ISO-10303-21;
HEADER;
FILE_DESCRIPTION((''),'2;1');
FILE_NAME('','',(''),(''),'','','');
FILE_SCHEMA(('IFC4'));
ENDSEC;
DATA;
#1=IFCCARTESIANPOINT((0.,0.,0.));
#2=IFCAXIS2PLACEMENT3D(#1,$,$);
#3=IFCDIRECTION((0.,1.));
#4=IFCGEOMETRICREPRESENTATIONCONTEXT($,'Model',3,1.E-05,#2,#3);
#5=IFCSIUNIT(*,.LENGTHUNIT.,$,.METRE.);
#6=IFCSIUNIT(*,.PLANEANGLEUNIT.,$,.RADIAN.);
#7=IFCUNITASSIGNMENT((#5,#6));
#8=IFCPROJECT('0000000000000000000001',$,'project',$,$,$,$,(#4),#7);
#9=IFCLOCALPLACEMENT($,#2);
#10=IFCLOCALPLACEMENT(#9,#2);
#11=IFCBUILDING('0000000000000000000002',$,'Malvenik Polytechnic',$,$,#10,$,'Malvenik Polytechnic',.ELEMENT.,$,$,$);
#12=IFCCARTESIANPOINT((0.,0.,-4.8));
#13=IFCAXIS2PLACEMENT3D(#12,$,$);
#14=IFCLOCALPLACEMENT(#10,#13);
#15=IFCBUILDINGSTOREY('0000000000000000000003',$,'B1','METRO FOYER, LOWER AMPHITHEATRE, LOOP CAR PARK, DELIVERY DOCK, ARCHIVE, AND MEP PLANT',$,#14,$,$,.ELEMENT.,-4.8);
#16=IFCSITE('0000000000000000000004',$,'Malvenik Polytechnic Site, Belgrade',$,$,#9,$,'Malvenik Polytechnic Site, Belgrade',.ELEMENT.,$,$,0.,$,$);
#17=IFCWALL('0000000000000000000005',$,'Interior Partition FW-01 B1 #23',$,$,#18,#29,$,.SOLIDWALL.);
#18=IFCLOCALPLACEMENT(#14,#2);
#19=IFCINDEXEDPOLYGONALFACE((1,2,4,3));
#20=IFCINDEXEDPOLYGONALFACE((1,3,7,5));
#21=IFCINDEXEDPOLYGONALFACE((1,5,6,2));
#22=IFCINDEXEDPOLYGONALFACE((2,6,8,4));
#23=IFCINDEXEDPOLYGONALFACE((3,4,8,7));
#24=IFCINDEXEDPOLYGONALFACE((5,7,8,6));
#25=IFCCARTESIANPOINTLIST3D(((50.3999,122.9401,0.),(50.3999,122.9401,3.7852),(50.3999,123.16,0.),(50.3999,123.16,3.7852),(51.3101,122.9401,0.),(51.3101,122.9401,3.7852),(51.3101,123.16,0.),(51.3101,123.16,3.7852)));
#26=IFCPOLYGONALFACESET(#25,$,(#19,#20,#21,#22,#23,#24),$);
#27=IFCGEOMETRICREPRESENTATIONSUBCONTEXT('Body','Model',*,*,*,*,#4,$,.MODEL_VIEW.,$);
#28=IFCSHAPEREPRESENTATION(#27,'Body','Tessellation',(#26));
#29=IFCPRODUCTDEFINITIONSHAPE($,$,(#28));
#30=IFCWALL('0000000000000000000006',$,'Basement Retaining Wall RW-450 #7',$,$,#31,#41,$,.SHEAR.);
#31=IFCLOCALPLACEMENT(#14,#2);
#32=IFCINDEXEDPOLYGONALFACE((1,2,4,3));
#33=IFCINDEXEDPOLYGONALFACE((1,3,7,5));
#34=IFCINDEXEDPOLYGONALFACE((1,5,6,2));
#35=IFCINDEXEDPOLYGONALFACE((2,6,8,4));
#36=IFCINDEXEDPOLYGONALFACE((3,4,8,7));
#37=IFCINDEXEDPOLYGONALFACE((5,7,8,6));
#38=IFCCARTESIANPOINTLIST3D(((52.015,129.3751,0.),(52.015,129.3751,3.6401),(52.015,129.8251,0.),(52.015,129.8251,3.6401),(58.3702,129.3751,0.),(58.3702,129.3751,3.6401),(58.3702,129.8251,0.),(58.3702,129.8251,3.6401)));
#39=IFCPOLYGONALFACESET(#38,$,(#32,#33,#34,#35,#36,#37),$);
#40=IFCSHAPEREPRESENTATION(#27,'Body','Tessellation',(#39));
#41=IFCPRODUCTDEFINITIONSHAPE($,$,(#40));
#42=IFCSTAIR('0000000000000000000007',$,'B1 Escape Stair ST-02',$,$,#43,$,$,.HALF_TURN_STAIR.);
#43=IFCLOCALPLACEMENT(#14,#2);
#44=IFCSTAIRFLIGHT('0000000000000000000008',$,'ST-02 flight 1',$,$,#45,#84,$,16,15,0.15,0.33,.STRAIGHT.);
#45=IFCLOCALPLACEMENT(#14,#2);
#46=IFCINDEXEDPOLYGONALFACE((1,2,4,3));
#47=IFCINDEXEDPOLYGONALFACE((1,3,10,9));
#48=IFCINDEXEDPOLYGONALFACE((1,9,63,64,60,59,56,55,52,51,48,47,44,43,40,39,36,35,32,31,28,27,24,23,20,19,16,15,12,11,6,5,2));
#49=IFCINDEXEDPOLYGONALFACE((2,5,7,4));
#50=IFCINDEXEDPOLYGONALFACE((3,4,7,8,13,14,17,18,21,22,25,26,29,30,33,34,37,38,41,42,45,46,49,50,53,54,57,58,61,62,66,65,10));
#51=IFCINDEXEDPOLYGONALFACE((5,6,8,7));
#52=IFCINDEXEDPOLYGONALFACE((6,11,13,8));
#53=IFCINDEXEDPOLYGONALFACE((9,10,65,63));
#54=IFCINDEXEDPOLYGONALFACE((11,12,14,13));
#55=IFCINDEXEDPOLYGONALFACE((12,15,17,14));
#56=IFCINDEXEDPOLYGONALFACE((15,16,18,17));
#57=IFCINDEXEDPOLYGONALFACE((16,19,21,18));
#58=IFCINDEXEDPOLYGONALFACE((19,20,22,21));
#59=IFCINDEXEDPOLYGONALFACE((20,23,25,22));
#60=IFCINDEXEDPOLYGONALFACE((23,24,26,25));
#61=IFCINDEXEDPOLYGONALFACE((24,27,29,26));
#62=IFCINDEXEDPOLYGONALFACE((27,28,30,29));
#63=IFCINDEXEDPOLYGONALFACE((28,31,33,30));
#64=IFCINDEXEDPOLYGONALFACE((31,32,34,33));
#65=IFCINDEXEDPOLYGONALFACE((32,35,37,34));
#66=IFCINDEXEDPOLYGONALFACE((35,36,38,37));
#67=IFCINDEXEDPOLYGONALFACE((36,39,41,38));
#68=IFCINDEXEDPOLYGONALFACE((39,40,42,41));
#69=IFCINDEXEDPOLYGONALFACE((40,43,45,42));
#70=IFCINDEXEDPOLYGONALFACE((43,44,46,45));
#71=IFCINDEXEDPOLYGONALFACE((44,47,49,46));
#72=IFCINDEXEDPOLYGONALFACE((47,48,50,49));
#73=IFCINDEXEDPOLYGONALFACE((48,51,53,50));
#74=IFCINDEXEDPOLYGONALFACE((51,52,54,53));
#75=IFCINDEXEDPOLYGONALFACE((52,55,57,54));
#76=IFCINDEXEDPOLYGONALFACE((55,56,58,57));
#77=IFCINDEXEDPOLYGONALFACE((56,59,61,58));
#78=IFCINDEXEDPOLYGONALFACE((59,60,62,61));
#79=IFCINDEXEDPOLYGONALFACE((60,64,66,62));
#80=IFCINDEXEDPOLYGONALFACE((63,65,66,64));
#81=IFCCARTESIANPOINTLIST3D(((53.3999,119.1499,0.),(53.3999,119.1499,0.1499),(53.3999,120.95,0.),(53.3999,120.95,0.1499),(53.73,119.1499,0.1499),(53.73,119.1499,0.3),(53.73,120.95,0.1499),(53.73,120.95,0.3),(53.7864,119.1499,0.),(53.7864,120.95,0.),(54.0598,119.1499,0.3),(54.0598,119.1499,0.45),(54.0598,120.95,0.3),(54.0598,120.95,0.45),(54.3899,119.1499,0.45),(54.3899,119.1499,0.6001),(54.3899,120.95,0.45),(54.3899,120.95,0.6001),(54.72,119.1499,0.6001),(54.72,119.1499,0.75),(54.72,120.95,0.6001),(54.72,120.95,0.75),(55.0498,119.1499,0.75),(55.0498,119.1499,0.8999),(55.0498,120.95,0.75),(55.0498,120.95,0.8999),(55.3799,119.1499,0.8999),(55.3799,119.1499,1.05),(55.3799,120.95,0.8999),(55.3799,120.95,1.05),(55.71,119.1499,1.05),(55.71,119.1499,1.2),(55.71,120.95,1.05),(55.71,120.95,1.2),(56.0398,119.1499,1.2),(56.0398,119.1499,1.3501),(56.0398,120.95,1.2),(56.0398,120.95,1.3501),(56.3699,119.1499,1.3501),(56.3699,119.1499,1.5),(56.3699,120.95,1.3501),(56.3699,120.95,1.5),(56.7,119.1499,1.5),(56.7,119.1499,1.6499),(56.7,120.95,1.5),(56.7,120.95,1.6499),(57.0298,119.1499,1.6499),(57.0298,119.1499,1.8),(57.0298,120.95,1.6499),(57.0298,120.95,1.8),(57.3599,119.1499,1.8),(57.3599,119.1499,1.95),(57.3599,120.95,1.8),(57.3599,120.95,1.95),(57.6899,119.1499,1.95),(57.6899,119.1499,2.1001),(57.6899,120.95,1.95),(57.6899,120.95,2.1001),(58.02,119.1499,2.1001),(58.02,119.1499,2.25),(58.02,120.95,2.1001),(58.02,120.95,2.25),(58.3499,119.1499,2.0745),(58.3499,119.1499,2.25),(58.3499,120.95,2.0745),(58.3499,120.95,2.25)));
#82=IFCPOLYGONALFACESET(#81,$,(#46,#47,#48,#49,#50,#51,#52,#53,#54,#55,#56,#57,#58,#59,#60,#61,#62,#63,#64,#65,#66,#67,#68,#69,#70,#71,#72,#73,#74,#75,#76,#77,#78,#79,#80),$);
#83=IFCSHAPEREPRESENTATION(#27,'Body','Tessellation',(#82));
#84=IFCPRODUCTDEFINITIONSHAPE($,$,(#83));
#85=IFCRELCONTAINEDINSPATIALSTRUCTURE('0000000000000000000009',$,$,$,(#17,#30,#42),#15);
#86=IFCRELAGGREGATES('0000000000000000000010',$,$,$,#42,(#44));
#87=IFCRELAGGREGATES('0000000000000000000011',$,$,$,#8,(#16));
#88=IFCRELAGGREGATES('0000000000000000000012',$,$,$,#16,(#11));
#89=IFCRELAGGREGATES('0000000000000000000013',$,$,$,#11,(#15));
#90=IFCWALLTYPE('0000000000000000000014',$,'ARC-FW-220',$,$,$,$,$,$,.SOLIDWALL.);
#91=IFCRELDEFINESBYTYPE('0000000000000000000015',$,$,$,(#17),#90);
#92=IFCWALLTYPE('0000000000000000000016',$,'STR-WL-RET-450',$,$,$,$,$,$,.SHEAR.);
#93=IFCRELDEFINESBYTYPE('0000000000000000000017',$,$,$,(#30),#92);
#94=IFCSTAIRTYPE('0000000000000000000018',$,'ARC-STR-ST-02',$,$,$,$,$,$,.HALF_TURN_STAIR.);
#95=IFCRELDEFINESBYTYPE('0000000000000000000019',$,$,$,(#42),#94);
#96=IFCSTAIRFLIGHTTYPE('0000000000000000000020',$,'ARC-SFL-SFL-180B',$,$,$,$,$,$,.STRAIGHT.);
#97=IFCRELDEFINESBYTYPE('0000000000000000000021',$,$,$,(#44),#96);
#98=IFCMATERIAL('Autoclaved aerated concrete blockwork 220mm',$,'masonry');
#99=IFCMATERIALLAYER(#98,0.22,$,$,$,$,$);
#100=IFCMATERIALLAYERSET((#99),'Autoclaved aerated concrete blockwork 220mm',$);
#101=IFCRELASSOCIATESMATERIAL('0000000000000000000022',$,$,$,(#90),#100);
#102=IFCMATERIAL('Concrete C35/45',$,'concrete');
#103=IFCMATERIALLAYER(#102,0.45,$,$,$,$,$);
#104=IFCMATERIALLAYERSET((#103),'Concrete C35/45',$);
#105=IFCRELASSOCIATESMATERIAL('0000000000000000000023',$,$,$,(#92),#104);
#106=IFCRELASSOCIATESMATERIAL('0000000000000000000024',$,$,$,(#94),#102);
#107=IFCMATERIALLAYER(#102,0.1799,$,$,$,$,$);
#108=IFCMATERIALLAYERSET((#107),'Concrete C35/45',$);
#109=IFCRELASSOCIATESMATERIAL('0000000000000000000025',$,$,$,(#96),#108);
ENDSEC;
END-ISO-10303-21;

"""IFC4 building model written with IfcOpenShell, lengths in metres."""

from ifc_helpers import new_model, si_unit, direction, frame, frame_2d, origin, place, context, subcontext, project, spatial, polyline, rectangle, outline, extrude, material, layer, layer_set, type_object, element, aggregate, save


model = new_model("IFC4")

# Units and contexts
model_context = context("Model", 3, precision=1e-05, world=origin(), true_north=direction((0.0, 1.0)))
body_context = subcontext(model_context, "Body", "Model", "MODEL_VIEW")
ifc_project = project(units=[si_unit("LENGTHUNIT", "METRE"), si_unit("PLANEANGLEUNIT", "RADIAN")], contexts=[model_context])

# Site, building, storey
site_placement = place(None, origin())
site = spatial("IfcSite", under=ifc_project, at=site_placement, Name="Malvenik Polytechnic Site, Belgrade", LongName="Malvenik Polytechnic Site, Belgrade", CompositionType="ELEMENT", RefElevation=0.0)
building_placement = place(site_placement, origin())
building = spatial("IfcBuilding", under=site, at=building_placement, Name="Malvenik Polytechnic", LongName="Malvenik Polytechnic", CompositionType="ELEMENT")
storey_placement = place(building_placement, frame((0.0, 0.0, -4.8)))
storey = spatial("IfcBuildingStorey", under=building, at=storey_placement, Name="B1", Description="METRO FOYER, LOWER AMPHITHEATRE, LOOP CAR PARK, DELIVERY DOCK, ARCHIVE, AND MEP PLANT", CompositionType="ELEMENT", Elevation=-4.8)

# Shared definitions
ifc_material_1 = material(Name="Concrete C35/45", Category="concrete")

# Shared definitions
ifc_material_2 = material(Name="Autoclaved aerated concrete blockwork 220mm", Category="masonry")
ifc_layer_1 = layer(ifc_material_2, 0.22)
ifc_layer_set_1 = layer_set([ifc_layer_1], Name="Autoclaved aerated concrete blockwork 220mm")
wall_type_1 = type_object("IfcWallType", Name="ARC-FW-220", PredefinedType="SOLIDWALL", material=ifc_layer_set_1)

# Walls
wall_1_placement = place(storey_placement, frame((51.3101, 123.05, 0.0), z_axis=(0.0, 0.0, 1.0), x_axis=(-1.0, 0.0, 0.0)))
element("IfcWall", 1, at=wall_1_placement, inside=storey, type_object=wall_type_1, Name="Interior Partition FW-01 B1 #23", PredefinedType="SOLIDWALL", context=body_context, shape_type="SweptSolid", body=[
    extrude(rectangle(XDim=0.9102, YDim=0.22, at=frame_2d((0.4551, 0.0))), origin(), (0.0, 0.0, 1.0), 3.7852),
])
ifc_layer_2 = layer(ifc_material_1, 0.45)
ifc_layer_set_2 = layer_set([ifc_layer_2], Name="Concrete C35/45")
wall_type_2 = type_object("IfcWallType", Name="STR-WL-RET-450", PredefinedType="SHEAR", material=ifc_layer_set_2)
wall_2_placement = place(storey_placement, frame((52.0149, 129.6001, 0.0), z_axis=(0.0, 0.0, 1.0), x_axis=(1.0, 0.0, 0.0)))
element("IfcWall", 2, at=wall_2_placement, inside=storey, type_object=wall_type_2, Name="Basement Retaining Wall RW-450 #7", PredefinedType="SHEAR", context=body_context, shape_type="SweptSolid", body=[
    extrude(rectangle(XDim=6.3552, YDim=0.45, at=frame_2d((3.1777, 0.0))), origin(), (0.0, 0.0, 1.0), 3.6401),
])

# Stair, stair flight
stair_type = type_object("IfcStairType", Name="ARC-STR-ST-02", PredefinedType="HALF_TURN_STAIR", material=ifc_material_1)
stair_placement = place(storey_placement, origin())
stair = element("IfcStair", 3, at=stair_placement, inside=storey, type_object=stair_type, Name="B1 Escape Stair ST-02", PredefinedType="HALF_TURN_STAIR")
ifc_layer_3 = layer(ifc_material_1, 0.1799)
ifc_layer_set_3 = layer_set([ifc_layer_3], Name="Concrete C35/45")
stair_flight_type = type_object("IfcStairFlightType", Name="ARC-SFL-SFL-180B", PredefinedType="STRAIGHT", material=ifc_layer_set_3)
stair_flight_placement = place(storey_placement, frame((53.3999, 120.05, 0.0), z_axis=(0.0, 0.0, 1.0), x_axis=(1.0, 0.0, 0.0)))
stair_flight = element("IfcStairFlight", 4, at=stair_flight_placement, type_object=stair_flight_type, Name="ST-02 flight 1", NumberOfRisers=16, NumberOfTreads=15, PredefinedType="STRAIGHT", RiserHeight=0.15, TreadLength=0.33, context=body_context, shape_type="SweptSolid", body=[
    extrude(outline(polyline([(0.0, 0.0), (0.0, 0.1499), (0.3301, 0.1499), (0.3301, 0.3), (0.6599, 0.3), (0.6599, 0.45), (0.99, 0.45), (0.99, 0.6001), (1.3201, 0.6001), (1.3201, 0.75), (1.6499, 0.75), (1.6499, 0.8999), (1.98, 0.8999), (1.98, 1.05), (2.3101, 1.05), (2.3101, 1.2), (2.6399, 1.2), (2.6399, 1.3501), (2.97, 1.3501), (2.97, 1.5), (3.3, 1.5), (3.3, 1.6499), (3.6299, 1.6499), (3.6299, 1.8), (3.96, 1.8), (3.96, 1.95), (4.29, 1.95), (4.29, 2.1001), (4.6201, 2.1001), (4.6201, 2.25), (4.95, 2.25), (4.95, 2.3999), (4.95, 2.0745), (0.3865, 0.0), (0.0, 0.0)])), frame((0.0, 0.8999, 0.0), z_axis=(0.0, -1.0, 0.0), x_axis=(1.0, 0.0, 0.0)), (0.0, 0.0, 1.0), 1.8),
])
aggregate(stair, [stair_flight])

save(model, "model.ifc")
